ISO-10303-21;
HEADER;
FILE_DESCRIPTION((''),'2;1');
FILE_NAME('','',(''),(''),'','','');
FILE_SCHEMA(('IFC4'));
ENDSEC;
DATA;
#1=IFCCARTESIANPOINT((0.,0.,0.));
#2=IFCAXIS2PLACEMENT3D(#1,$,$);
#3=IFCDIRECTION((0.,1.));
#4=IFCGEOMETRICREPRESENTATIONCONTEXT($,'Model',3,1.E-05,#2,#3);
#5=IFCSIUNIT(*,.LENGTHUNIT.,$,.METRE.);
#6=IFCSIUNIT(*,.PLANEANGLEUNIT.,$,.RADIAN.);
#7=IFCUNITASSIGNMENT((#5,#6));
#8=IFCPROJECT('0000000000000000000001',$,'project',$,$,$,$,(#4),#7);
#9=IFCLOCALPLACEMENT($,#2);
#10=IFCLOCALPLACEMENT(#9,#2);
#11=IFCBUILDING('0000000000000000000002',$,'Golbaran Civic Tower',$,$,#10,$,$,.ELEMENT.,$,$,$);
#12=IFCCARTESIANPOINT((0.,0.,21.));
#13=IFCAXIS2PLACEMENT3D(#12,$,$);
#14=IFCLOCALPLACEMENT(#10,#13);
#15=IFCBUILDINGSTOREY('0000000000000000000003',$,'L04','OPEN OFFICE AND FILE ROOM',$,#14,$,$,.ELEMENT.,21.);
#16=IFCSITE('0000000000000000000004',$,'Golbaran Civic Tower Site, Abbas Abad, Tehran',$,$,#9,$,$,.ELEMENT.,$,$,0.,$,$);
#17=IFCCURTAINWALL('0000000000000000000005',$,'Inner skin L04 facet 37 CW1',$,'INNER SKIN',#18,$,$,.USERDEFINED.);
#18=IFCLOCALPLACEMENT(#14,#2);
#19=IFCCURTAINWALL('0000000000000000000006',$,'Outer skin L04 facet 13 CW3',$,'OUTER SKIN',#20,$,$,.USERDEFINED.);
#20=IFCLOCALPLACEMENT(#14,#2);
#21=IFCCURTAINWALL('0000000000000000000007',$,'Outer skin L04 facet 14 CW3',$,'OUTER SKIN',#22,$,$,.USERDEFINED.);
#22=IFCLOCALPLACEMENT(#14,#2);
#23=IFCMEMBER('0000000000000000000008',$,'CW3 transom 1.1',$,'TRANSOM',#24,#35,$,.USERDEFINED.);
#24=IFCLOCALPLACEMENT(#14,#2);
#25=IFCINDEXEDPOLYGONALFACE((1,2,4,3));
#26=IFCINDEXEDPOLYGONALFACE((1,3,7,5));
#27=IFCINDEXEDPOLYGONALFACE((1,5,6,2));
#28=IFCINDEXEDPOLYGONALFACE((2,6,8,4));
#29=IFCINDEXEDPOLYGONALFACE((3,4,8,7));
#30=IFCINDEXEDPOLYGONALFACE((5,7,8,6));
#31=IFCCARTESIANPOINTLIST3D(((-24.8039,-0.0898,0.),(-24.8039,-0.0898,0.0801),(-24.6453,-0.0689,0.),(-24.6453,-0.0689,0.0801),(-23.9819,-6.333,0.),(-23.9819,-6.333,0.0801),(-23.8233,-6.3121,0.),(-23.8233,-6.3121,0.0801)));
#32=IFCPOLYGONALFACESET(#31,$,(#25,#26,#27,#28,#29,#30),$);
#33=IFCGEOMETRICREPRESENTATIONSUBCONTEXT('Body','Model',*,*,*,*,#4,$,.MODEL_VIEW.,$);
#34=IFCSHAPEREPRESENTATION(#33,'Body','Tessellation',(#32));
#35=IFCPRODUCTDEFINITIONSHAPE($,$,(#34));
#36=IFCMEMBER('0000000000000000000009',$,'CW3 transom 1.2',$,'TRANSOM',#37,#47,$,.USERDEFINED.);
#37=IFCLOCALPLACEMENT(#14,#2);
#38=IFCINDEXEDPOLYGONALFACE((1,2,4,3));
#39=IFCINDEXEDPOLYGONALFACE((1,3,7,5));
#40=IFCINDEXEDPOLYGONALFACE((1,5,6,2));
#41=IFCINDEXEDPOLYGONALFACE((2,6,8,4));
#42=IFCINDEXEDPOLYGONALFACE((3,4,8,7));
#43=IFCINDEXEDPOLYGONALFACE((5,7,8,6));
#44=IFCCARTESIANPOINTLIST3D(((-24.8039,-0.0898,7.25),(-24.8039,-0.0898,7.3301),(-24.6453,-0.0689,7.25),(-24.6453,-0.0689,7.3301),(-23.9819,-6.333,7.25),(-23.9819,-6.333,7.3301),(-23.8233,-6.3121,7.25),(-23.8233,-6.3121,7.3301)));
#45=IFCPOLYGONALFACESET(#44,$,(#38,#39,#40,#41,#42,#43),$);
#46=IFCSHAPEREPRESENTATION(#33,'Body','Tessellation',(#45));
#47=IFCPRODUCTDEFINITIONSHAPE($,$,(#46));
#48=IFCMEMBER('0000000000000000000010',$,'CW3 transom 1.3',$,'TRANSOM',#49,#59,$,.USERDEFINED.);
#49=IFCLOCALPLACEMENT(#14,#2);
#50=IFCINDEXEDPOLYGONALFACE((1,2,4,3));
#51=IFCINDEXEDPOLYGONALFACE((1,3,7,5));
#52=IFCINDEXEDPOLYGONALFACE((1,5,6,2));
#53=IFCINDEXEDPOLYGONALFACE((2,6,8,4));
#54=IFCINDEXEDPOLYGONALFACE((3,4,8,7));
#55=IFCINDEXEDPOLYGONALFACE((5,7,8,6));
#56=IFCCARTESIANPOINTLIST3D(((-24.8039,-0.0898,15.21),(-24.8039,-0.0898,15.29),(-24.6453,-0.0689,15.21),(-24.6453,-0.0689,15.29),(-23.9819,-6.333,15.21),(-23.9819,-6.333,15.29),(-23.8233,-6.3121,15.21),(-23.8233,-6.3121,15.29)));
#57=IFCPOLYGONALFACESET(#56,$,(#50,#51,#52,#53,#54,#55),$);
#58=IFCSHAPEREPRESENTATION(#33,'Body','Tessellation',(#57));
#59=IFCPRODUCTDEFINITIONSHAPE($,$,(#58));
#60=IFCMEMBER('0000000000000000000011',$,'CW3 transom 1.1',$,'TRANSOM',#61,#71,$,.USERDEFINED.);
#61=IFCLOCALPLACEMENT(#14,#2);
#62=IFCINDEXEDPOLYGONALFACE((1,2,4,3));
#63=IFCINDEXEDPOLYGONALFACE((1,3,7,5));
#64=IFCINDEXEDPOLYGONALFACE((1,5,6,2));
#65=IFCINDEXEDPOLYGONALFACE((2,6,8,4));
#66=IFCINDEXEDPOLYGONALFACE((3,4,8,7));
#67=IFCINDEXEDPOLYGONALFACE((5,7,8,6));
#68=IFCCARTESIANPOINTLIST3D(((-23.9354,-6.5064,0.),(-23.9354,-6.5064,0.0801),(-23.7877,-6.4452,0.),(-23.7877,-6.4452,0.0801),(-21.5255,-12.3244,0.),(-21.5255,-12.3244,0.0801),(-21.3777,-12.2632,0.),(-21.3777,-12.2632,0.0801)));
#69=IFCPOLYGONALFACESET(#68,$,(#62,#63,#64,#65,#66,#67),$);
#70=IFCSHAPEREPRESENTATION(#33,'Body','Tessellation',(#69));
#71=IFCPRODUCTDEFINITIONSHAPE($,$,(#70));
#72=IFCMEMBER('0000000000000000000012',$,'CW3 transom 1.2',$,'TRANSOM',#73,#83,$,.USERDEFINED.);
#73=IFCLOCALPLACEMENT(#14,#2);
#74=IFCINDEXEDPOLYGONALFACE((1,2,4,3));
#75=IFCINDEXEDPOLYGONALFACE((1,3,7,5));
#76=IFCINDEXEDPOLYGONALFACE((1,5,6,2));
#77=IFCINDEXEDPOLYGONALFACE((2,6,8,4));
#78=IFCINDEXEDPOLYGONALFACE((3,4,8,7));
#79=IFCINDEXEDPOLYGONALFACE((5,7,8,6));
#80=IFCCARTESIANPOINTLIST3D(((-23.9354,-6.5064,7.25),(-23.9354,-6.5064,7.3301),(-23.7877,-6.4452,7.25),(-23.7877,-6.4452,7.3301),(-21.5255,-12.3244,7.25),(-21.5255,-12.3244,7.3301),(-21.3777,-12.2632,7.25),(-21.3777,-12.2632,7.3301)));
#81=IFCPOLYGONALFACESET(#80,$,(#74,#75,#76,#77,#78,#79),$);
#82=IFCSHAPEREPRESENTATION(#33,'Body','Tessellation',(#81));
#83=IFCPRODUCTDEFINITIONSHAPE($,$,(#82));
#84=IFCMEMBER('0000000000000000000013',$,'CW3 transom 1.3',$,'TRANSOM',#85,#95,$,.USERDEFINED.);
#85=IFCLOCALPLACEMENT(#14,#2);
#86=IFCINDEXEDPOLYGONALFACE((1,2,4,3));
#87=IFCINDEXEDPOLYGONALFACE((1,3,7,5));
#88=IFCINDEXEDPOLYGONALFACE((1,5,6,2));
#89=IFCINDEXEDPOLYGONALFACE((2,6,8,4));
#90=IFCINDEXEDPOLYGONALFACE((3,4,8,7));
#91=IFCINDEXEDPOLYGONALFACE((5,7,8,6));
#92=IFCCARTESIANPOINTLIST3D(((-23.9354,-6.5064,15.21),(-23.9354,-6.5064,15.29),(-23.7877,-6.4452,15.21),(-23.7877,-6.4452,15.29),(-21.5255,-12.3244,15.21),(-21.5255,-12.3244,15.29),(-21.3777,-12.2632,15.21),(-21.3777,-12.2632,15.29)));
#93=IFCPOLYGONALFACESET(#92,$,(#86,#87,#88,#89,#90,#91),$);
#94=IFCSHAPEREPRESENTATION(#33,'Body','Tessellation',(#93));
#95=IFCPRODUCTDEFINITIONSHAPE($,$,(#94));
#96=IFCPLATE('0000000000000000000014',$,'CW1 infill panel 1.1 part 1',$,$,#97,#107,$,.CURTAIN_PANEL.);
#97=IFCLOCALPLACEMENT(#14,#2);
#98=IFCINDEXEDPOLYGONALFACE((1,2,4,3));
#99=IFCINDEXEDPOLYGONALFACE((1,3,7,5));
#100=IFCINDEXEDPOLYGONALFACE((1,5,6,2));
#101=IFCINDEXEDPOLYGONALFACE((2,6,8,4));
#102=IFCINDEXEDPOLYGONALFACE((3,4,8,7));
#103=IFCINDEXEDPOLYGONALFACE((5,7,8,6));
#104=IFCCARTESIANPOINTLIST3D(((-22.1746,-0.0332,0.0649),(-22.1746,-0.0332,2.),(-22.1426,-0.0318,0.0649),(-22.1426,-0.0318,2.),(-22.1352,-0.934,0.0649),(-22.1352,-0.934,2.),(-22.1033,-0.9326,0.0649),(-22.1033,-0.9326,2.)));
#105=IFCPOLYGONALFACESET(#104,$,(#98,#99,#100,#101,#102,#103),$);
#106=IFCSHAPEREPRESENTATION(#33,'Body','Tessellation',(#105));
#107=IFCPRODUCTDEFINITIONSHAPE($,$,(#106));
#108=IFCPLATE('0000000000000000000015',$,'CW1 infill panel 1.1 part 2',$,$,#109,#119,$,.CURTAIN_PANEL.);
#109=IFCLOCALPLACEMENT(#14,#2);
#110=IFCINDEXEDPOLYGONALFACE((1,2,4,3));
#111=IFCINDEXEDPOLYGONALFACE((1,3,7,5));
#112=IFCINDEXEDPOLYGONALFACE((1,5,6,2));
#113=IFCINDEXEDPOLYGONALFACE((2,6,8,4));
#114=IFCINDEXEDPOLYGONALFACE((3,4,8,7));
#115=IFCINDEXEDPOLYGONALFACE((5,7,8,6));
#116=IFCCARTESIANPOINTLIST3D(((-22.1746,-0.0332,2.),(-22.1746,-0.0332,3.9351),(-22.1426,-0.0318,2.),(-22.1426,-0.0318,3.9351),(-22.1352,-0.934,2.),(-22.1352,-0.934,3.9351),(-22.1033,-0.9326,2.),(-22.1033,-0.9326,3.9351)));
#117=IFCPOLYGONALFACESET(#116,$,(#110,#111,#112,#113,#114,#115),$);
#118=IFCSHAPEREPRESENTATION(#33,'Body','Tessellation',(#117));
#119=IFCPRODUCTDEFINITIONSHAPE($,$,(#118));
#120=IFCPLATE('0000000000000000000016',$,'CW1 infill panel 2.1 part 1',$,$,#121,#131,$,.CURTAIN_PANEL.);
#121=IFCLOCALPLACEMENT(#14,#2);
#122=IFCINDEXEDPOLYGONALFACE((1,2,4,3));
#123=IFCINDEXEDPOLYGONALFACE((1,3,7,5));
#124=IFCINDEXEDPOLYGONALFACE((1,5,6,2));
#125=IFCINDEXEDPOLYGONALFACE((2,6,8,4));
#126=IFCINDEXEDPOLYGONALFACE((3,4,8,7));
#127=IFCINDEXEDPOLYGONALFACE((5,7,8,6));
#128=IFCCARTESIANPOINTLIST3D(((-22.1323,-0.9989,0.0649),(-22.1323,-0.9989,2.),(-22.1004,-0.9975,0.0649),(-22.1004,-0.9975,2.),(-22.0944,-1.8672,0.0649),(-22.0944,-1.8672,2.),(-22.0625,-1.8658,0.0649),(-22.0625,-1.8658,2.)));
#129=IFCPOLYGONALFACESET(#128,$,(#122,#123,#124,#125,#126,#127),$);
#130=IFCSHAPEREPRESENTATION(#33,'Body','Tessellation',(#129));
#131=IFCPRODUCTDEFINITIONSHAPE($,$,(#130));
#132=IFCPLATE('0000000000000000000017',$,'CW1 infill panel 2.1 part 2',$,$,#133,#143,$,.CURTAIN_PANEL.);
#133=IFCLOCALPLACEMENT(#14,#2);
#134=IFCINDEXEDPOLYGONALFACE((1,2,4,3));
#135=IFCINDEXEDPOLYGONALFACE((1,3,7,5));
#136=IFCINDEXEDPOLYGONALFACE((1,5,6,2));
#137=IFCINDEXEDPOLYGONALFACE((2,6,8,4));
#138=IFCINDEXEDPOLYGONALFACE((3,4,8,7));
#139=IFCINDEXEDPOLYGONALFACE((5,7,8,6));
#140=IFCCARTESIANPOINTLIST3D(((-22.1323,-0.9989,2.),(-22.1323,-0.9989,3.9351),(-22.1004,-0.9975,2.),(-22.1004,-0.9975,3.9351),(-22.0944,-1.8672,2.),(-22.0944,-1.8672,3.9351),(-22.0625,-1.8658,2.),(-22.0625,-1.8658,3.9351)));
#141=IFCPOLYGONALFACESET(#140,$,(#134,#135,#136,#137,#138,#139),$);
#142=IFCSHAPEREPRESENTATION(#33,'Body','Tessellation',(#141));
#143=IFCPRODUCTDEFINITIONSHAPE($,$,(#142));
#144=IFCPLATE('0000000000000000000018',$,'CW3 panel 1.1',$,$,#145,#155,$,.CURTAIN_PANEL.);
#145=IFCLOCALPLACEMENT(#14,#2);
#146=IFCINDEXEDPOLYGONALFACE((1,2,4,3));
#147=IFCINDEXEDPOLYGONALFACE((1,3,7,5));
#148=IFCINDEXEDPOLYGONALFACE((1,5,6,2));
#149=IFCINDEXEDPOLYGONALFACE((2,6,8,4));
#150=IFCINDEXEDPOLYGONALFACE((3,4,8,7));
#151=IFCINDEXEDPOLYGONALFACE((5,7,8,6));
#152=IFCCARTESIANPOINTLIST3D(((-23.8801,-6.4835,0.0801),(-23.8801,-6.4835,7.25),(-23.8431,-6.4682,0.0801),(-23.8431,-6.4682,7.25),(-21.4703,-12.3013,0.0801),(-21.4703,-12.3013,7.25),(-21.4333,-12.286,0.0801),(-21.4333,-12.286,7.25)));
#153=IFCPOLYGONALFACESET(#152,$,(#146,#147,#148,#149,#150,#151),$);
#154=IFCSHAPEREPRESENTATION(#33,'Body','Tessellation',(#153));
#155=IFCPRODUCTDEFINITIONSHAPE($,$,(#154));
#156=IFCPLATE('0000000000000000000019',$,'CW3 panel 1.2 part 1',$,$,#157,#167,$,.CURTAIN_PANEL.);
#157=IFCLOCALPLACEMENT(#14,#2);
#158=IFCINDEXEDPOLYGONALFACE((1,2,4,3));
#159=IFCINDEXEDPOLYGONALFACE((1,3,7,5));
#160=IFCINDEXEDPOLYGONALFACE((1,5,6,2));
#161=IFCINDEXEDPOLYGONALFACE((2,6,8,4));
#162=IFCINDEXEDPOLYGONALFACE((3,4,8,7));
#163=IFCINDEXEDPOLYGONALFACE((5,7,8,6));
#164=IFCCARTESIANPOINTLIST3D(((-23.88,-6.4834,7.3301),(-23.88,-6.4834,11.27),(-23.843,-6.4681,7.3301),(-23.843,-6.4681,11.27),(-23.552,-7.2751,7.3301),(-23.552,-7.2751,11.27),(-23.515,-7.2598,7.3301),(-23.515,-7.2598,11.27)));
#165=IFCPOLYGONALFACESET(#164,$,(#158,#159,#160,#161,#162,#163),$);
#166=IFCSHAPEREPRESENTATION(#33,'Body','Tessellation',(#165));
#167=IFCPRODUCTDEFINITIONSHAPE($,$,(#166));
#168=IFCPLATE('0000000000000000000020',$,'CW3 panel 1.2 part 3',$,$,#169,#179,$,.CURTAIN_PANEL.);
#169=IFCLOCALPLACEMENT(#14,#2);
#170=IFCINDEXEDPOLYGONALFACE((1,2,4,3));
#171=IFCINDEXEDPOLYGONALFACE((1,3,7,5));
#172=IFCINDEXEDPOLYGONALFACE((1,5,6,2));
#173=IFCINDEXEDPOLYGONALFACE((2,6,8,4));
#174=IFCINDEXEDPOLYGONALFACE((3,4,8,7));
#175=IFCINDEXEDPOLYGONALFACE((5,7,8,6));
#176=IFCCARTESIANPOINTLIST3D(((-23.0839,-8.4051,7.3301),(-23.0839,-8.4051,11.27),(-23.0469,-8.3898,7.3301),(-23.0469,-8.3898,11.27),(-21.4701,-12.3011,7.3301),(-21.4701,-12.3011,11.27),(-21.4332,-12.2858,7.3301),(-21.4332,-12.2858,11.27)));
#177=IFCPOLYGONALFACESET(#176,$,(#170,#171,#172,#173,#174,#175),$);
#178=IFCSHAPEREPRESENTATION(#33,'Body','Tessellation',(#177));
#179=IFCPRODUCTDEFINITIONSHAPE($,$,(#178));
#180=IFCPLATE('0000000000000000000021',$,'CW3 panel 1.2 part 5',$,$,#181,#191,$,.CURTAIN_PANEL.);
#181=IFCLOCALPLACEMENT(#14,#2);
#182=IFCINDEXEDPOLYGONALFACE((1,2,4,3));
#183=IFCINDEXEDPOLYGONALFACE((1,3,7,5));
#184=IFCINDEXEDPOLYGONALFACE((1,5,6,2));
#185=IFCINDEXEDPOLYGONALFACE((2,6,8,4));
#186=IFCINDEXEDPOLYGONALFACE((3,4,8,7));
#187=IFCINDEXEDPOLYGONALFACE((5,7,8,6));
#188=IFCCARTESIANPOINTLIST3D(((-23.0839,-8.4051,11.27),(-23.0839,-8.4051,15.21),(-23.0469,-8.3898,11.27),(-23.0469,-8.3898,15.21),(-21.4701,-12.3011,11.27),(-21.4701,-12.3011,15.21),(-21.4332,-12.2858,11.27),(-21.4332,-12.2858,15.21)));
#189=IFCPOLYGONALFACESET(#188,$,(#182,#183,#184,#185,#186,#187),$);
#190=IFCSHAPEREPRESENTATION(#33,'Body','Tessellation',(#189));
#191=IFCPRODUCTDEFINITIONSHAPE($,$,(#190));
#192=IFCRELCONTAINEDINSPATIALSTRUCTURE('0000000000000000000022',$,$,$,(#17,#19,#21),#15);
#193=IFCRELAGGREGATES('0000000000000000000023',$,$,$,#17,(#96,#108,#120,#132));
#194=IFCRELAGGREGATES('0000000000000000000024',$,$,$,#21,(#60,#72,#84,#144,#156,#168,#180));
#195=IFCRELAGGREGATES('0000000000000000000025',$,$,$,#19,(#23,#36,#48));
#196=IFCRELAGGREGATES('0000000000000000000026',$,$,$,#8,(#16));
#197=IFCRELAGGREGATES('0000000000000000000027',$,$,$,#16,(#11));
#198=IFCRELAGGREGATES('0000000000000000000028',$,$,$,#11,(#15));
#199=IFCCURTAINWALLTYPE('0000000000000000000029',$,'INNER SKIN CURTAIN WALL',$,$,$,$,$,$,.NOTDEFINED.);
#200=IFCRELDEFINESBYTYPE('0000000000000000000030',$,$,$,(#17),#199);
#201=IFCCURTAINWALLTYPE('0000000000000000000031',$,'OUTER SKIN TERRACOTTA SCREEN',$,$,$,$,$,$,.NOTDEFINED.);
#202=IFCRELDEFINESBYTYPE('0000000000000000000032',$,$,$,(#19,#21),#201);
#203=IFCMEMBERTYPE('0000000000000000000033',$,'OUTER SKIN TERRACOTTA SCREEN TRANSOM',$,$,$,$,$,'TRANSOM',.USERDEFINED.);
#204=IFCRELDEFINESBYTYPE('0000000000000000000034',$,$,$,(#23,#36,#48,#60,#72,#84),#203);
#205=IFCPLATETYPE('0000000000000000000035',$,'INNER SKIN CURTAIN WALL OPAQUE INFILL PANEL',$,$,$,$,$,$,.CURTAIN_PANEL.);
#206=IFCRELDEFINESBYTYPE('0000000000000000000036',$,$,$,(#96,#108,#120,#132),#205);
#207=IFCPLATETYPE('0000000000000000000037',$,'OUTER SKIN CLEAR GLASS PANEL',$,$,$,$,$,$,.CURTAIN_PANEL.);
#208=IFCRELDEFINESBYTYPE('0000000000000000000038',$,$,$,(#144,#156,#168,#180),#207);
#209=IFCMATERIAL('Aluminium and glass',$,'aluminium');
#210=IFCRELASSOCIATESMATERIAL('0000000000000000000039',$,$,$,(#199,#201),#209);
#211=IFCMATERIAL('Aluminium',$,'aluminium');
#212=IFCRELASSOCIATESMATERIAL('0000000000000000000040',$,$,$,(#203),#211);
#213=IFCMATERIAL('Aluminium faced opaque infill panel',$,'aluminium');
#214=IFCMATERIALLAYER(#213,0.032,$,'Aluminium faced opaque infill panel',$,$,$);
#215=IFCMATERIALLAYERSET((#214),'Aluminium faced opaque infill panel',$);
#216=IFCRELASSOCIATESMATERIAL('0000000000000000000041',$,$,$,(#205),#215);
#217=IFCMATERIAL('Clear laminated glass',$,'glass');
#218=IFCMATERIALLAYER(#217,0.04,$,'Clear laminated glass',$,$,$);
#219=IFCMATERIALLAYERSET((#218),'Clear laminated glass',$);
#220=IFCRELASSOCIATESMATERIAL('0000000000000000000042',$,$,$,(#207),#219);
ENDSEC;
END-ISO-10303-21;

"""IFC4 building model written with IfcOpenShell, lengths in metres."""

from ifc_helpers import new_model, si_unit, direction, frame, origin, origin_2d, place, context, subcontext, project, spatial, rectangle, extrude, material, layer, layer_set, material_profile, profile_set, type_object, element, aggregate, save


model = new_model("IFC4")

# Units and contexts
model_context = context("Model", 3, precision=1e-05, world=origin(), true_north=direction((0.0, 1.0)))
body_context = subcontext(model_context, "Body", "Model", "MODEL_VIEW")
ifc_project = project(units=[si_unit("LENGTHUNIT", "METRE"), si_unit("PLANEANGLEUNIT", "RADIAN")], contexts=[model_context])

# Site, building, storey
site_placement = place(None, origin())
site = spatial("IfcSite", under=ifc_project, at=site_placement, Name="Golbaran Civic Tower Site, Abbas Abad, Tehran", CompositionType="ELEMENT", RefElevation=0.0)
building_placement = place(site_placement, origin())
building = spatial("IfcBuilding", under=site, at=building_placement, Name="Golbaran Civic Tower", CompositionType="ELEMENT")
storey_placement = place(building_placement, frame((0.0, 0.0, 21.0)))
storey = spatial("IfcBuildingStorey", under=building, at=storey_placement, Name="L04", Description="OPEN OFFICE AND FILE ROOM", CompositionType="ELEMENT", Elevation=21.0)

# Curtain wall
ifc_material_1 = material(Name="Aluminium and glass", Category="aluminium")
curtain_wall_type_1 = type_object("IfcCurtainWallType", Name="INNER SKIN CURTAIN WALL", PredefinedType="NOTDEFINED", material=ifc_material_1)
curtain_wall_1_placement = place(storey_placement, origin())
curtain_wall_1 = element("IfcCurtainWall", 1, at=curtain_wall_1_placement, inside=storey, type_object=curtain_wall_type_1, Name="Inner skin L04 facet 37 CW1", ObjectType="INNER SKIN", PredefinedType="USERDEFINED")
ifc_material_2 = material(Name="Aluminium", Category="aluminium")

# Curtain walls
curtain_wall_type_2 = type_object("IfcCurtainWallType", Name="OUTER SKIN TERRACOTTA SCREEN", PredefinedType="NOTDEFINED", material=ifc_material_1)
curtain_wall_2_placement = place(storey_placement, origin())
curtain_wall_2 = element("IfcCurtainWall", 2, at=curtain_wall_2_placement, inside=storey, type_object=curtain_wall_type_2, Name="Outer skin L04 facet 13 CW3", ObjectType="OUTER SKIN", PredefinedType="USERDEFINED")
curtain_wall_3_placement = place(storey_placement, origin())
curtain_wall_3 = element("IfcCurtainWall", 3, at=curtain_wall_3_placement, inside=storey, type_object=curtain_wall_type_2, Name="Outer skin L04 facet 14 CW3", ObjectType="OUTER SKIN", PredefinedType="USERDEFINED")

# Members
ifc_material_profile_1 = material_profile(ifc_material_2, rectangle(XDim=0.1599, YDim=0.0801, at=origin_2d()), Name="OUTER SKIN TERRACOTTA SCREEN TRANSOM")
ifc_profile_set_1 = profile_set([ifc_material_profile_1], Name="Aluminium")
member_type_1 = type_object("IfcMemberType", Name="OUTER SKIN TERRACOTTA SCREEN TRANSOM", ElementType="TRANSOM", PredefinedType="USERDEFINED", material=ifc_profile_set_1)
member_1_placement = place(storey_placement, frame((-24.7246, -0.0793, 0.04), z_axis=(0.130541, -0.991443, 0.0), x_axis=(0.991443, 0.130541, 0.0)))
member_1 = element("IfcMember", 4, at=member_1_placement, type_object=member_type_1, Name="CW3 transom 1.1", ObjectType="TRANSOM", PredefinedType="USERDEFINED", context=body_context, shape_type="SweptSolid", body=[
    extrude(rectangle(XDim=0.1599, YDim=0.0801, at=origin_2d()), origin(), (0.0, 0.0, 1.0), 6.2971),
])
member_2_placement = place(storey_placement, frame((-24.7246, -0.0793, 7.29), z_axis=(0.130541, -0.991443, 0.0), x_axis=(0.991443, 0.130541, 0.0)))
member_2 = element("IfcMember", 5, at=member_2_placement, type_object=member_type_1, Name="CW3 transom 1.2", ObjectType="TRANSOM", PredefinedType="USERDEFINED", context=body_context, shape_type="SweptSolid", body=[
    extrude(rectangle(XDim=0.1599, YDim=0.0801, at=origin_2d()), origin(), (0.0, 0.0, 1.0), 6.2971),
])
member_3_placement = place(storey_placement, frame((-24.7246, -0.0793, 15.25), z_axis=(0.130541, -0.991443, 0.0), x_axis=(0.991443, 0.130541, 0.0)))
member_3 = element("IfcMember", 6, at=member_3_placement, type_object=member_type_1, Name="CW3 transom 1.3", ObjectType="TRANSOM", PredefinedType="USERDEFINED", context=body_context, shape_type="SweptSolid", body=[
    extrude(rectangle(XDim=0.1599, YDim=0.0801, at=origin_2d()), origin(), (0.0, 0.0, 1.0), 6.2971),
])
member_4_placement = place(storey_placement, frame((-23.8616, -6.4758, 0.04), z_axis=(0.382693, -0.923876, 0.0), x_axis=(0.923876, 0.382693, 0.0)))
member_4 = element("IfcMember", 7, at=member_4_placement, type_object=member_type_1, Name="CW3 transom 1.1", ObjectType="TRANSOM", PredefinedType="USERDEFINED", context=body_context, shape_type="SweptSolid", body=[
    extrude(rectangle(XDim=0.1599, YDim=0.0801, at=origin_2d()), origin(), (0.0, 0.0, 1.0), 6.2974),
])
member_5_placement = place(storey_placement, frame((-23.8616, -6.4758, 7.29), z_axis=(0.382693, -0.923876, 0.0), x_axis=(0.923876, 0.382693, 0.0)))
member_5 = element("IfcMember", 8, at=member_5_placement, type_object=member_type_1, Name="CW3 transom 1.2", ObjectType="TRANSOM", PredefinedType="USERDEFINED", context=body_context, shape_type="SweptSolid", body=[
    extrude(rectangle(XDim=0.1599, YDim=0.0801, at=origin_2d()), origin(), (0.0, 0.0, 1.0), 6.2974),
])
member_6_placement = place(storey_placement, frame((-23.8616, -6.4758, 15.25), z_axis=(0.382693, -0.923876, 0.0), x_axis=(0.923876, 0.382693, 0.0)))
member_6 = element("IfcMember", 9, at=member_6_placement, type_object=member_type_1, Name="CW3 transom 1.3", ObjectType="TRANSOM", PredefinedType="USERDEFINED", context=body_context, shape_type="SweptSolid", body=[
    extrude(rectangle(XDim=0.1599, YDim=0.0801, at=origin_2d()), origin(), (0.0, 0.0, 1.0), 6.2974),
])

# Plates
ifc_material_3 = material(Name="Aluminium faced opaque infill panel", Category="aluminium")
ifc_layer_1 = layer(ifc_material_3, 0.032, Name="Aluminium faced opaque infill panel")
ifc_layer_set_1 = layer_set([ifc_layer_1], Name="Aluminium faced opaque infill panel")
plate_type_1 = type_object("IfcPlateType", Name="INNER SKIN CURTAIN WALL OPAQUE INFILL PANEL", PredefinedType="CURTAIN_PANEL", material=ifc_layer_set_1)
plate_1_placement = place(storey_placement, frame((-22.1389, -0.4829, 0.0649), z_axis=(0.0, 0.0, 1.0), x_axis=(0.043619, -0.999048, 0.0)))
plate_1 = element("IfcPlate", 10, at=plate_1_placement, type_object=plate_type_1, Name="CW1 infill panel 1.1 part 1", PredefinedType="CURTAIN_PANEL", context=body_context, shape_type="SweptSolid", body=[
    extrude(rectangle(XDim=0.9016, YDim=0.032, at=origin_2d()), origin(), (0.0, 0.0, 1.0), 1.9351),
])
plate_2_placement = place(storey_placement, frame((-22.1389, -0.4829, 2.0), z_axis=(0.0, 0.0, 1.0), x_axis=(0.043619, -0.999048, 0.0)))
plate_2 = element("IfcPlate", 11, at=plate_2_placement, type_object=plate_type_1, Name="CW1 infill panel 1.1 part 2", PredefinedType="CURTAIN_PANEL", context=body_context, shape_type="SweptSolid", body=[
    extrude(rectangle(XDim=0.9016, YDim=0.032, at=origin_2d()), origin(), (0.0, 0.0, 1.0), 1.9351),
])
plate_3_placement = place(storey_placement, frame((-22.0974, -1.4324, 0.0649), z_axis=(0.0, 0.0, 1.0), x_axis=(0.043619, -0.999048, 0.0)))
plate_3 = element("IfcPlate", 12, at=plate_3_placement, type_object=plate_type_1, Name="CW1 infill panel 2.1 part 1", PredefinedType="CURTAIN_PANEL", context=body_context, shape_type="SweptSolid", body=[
    extrude(rectangle(XDim=0.8691, YDim=0.032, at=origin_2d()), origin(), (0.0, 0.0, 1.0), 1.9351),
])
plate_4_placement = place(storey_placement, frame((-22.0974, -1.4324, 2.0), z_axis=(0.0, 0.0, 1.0), x_axis=(0.043619, -0.999048, 0.0)))
plate_4 = element("IfcPlate", 13, at=plate_4_placement, type_object=plate_type_1, Name="CW1 infill panel 2.1 part 2", PredefinedType="CURTAIN_PANEL", context=body_context, shape_type="SweptSolid", body=[
    extrude(rectangle(XDim=0.8691, YDim=0.032, at=origin_2d()), origin(), (0.0, 0.0, 1.0), 1.9351),
])
aggregate(curtain_wall_1, [plate_1, plate_2, plate_3, plate_4])
ifc_material_4 = material(Name="Clear laminated glass", Category="glass")
ifc_layer_2 = layer(ifc_material_4, 0.04, Name="Clear laminated glass")
ifc_layer_set_2 = layer_set([ifc_layer_2], Name="Clear laminated glass")
plate_type_2 = type_object("IfcPlateType", Name="OUTER SKIN CLEAR GLASS PANEL", PredefinedType="CURTAIN_PANEL", material=ifc_layer_set_2)
plate_5_placement = place(storey_placement, frame((-22.6567, -9.3848, 0.0801), z_axis=(0.0, 0.0, 1.0), x_axis=(0.382683, -0.92388, 0.0)))
plate_5 = element("IfcPlate", 14, at=plate_5_placement, type_object=plate_type_2, Name="CW3 panel 1.1", PredefinedType="CURTAIN_PANEL", context=body_context, shape_type="SweptSolid", body=[
    extrude(rectangle(XDim=6.2971, YDim=0.04, at=origin_2d()), origin(), (0.0, 0.0, 1.0), 7.1699),
])
plate_6_placement = place(storey_placement, frame((-23.6975, -6.8716, 7.3301), z_axis=(0.0, 0.0, 1.0), x_axis=(0.382683, -0.92388, 0.0)))
plate_6 = element("IfcPlate", 15, at=plate_6_placement, type_object=plate_type_2, Name="CW3 panel 1.2 part 1", PredefinedType="CURTAIN_PANEL", context=body_context, shape_type="SweptSolid", body=[
    extrude(rectangle(XDim=0.8569, YDim=0.04, at=origin_2d()), origin(), (0.0, 0.0, 1.0), 3.9399),
])
plate_7_placement = place(storey_placement, frame((-22.2585, -10.3455, 7.3301), z_axis=(0.0, 0.0, 1.0), x_axis=(0.382683, -0.92388, 0.0)))
plate_7 = element("IfcPlate", 16, at=plate_7_placement, type_object=plate_type_2, Name="CW3 panel 1.2 part 3", PredefinedType="CURTAIN_PANEL", context=body_context, shape_type="SweptSolid", body=[
    extrude(rectangle(XDim=4.217, YDim=0.04, at=origin_2d()), origin(), (0.0, 0.0, 1.0), 3.9399),
])
plate_8_placement = place(storey_placement, frame((-22.2585, -10.3455, 11.27), z_axis=(0.0, 0.0, 1.0), x_axis=(0.382683, -0.92388, 0.0)))
plate_8 = element("IfcPlate", 17, at=plate_8_placement, type_object=plate_type_2, Name="CW3 panel 1.2 part 5", PredefinedType="CURTAIN_PANEL", context=body_context, shape_type="SweptSolid", body=[
    extrude(rectangle(XDim=4.217, YDim=0.04, at=origin_2d()), origin(), (0.0, 0.0, 1.0), 3.9399),
])
aggregate(curtain_wall_3, [member_4, member_5, member_6, plate_5, plate_6, plate_7, plate_8])
aggregate(curtain_wall_2, [member_1, member_2, member_3])

save(model, "model.ifc")
